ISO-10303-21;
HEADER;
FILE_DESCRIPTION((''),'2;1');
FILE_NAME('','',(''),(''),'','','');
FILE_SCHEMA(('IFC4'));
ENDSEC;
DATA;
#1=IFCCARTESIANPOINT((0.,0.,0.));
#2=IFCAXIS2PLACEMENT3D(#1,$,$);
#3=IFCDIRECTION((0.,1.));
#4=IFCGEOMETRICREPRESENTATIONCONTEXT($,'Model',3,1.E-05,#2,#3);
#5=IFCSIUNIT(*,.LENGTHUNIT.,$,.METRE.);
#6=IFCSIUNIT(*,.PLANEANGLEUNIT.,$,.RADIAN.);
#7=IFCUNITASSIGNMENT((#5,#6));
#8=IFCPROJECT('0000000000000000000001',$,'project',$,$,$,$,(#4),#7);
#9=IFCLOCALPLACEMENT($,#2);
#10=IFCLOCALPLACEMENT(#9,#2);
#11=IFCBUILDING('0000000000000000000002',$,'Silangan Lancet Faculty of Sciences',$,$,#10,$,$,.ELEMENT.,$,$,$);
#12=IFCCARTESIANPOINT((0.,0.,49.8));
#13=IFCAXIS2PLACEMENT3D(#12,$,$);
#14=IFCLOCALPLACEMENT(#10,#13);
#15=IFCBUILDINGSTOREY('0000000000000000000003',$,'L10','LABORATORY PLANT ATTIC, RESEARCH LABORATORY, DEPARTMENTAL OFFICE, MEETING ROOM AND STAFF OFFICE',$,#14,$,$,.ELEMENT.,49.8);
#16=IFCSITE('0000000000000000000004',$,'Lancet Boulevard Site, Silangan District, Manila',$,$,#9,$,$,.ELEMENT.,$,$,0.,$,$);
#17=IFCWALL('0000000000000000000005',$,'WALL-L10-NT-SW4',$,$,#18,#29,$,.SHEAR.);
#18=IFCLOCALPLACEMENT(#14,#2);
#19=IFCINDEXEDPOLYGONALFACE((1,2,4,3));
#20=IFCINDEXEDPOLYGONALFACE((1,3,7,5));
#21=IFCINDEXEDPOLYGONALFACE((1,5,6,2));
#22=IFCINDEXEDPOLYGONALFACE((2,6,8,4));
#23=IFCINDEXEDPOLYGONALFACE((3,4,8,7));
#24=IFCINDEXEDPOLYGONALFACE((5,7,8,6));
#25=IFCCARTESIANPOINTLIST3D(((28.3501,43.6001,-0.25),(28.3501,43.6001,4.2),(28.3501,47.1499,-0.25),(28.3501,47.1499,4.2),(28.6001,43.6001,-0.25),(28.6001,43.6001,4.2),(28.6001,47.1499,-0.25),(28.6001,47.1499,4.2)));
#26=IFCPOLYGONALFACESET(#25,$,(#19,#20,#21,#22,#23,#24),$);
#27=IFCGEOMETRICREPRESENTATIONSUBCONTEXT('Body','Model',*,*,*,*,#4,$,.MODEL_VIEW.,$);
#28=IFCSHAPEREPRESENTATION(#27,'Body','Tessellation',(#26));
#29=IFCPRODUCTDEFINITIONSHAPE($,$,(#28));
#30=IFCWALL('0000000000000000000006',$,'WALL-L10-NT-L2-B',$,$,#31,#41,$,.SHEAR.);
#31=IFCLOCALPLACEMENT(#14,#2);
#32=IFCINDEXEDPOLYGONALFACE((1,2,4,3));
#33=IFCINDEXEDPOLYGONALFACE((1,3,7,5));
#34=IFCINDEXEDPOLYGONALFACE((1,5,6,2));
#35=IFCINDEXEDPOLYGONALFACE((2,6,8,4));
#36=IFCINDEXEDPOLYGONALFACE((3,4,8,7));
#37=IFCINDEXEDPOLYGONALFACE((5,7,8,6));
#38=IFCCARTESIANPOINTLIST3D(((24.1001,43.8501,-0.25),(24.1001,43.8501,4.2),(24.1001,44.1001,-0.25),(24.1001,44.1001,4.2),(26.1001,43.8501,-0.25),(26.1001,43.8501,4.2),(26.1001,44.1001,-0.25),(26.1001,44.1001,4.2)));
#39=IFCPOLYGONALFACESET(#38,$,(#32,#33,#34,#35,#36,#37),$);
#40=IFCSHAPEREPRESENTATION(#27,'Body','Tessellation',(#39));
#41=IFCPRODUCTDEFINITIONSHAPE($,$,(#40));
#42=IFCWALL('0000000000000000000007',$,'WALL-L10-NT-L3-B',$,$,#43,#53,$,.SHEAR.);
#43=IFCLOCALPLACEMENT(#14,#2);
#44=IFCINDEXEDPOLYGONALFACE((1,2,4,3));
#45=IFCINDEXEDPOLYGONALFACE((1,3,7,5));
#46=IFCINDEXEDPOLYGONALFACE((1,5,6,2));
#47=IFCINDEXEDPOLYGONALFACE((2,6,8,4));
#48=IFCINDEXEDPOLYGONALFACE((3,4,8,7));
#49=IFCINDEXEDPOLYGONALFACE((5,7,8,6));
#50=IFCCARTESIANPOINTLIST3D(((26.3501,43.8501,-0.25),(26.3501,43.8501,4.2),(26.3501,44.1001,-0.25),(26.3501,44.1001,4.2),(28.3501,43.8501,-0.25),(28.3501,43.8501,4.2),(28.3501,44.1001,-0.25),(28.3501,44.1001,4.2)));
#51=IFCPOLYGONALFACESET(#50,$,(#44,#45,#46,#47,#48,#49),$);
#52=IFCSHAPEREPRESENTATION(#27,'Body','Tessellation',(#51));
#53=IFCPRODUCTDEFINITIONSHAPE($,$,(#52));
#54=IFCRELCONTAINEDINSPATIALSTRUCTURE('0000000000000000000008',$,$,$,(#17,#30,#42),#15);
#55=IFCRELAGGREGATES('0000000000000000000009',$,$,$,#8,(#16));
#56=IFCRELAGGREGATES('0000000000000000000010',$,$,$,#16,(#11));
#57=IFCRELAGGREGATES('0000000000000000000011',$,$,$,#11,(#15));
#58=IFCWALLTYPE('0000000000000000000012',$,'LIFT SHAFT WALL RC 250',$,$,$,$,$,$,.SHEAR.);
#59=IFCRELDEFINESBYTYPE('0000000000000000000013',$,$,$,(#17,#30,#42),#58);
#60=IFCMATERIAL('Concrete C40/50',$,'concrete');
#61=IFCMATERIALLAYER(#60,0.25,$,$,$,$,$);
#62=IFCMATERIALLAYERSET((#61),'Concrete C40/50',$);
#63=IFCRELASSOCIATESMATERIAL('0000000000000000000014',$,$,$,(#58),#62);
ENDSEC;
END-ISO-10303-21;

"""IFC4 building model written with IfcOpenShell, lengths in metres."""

from ifc_helpers import new_model, si_unit, direction, frame, frame_2d, origin, place, context, subcontext, project, spatial, rectangle, extrude, material, layer, layer_set, type_object, element, save


model = new_model("IFC4")

# Units and contexts
model_context = context("Model", 3, precision=1e-05, world=origin(), true_north=direction((0.0, 1.0)))
body_context = subcontext(model_context, "Body", "Model", "MODEL_VIEW")
ifc_project = project(units=[si_unit("LENGTHUNIT", "METRE"), si_unit("PLANEANGLEUNIT", "RADIAN")], contexts=[model_context])

# Site, building, storey
site_placement = place(None, origin())
site = spatial("IfcSite", under=ifc_project, at=site_placement, Name="Lancet Boulevard Site, Silangan District, Manila", CompositionType="ELEMENT", RefElevation=0.0)
building_placement = place(site_placement, origin())
building = spatial("IfcBuilding", under=site, at=building_placement, Name="Silangan Lancet Faculty of Sciences", CompositionType="ELEMENT")
storey_placement = place(building_placement, frame((0.0, 0.0, 49.8)))
storey = spatial("IfcBuildingStorey", under=building, at=storey_placement, Name="L10", Description="LABORATORY PLANT ATTIC, RESEARCH LABORATORY, DEPARTMENTAL OFFICE, MEETING ROOM AND STAFF OFFICE", CompositionType="ELEMENT", Elevation=49.8)

# Walls
ifc_material_1 = material(Name="Concrete C40/50", Category="concrete")
ifc_layer_1 = layer(ifc_material_1, 0.25)
ifc_layer_set_1 = layer_set([ifc_layer_1], Name="Concrete C40/50")
wall_type_1 = type_object("IfcWallType", Name="LIFT SHAFT WALL RC 250", PredefinedType="SHEAR", material=ifc_layer_set_1)
wall_1_placement = place(storey_placement, frame((28.4751, 43.6001, -0.25), z_axis=(0.0, 0.0, 1.0), x_axis=(0.0, 1.0, 0.0)))
element("IfcWall", 1, at=wall_1_placement, inside=storey, type_object=wall_type_1, Name="WALL-L10-NT-SW4", PredefinedType="SHEAR", context=body_context, shape_type="SweptSolid", body=[
    extrude(rectangle(XDim=3.5498, YDim=0.25, at=frame_2d((1.7749, 0.0))), origin(), (0.0, 0.0, 1.0), 4.45),
])
for number, where, z_axis, x_axis, name in (
    (2, (24.1001, 43.9751, -0.25), (0.0, 0.0, 1.0), (1.0, 0.0, 0.0), "WALL-L10-NT-L2-B"),
    (3, (26.3501, 43.9751, -0.25), (0.0, 0.0, 1.0), (1.0, 0.0, 0.0), "WALL-L10-NT-L3-B"),
):
    element("IfcWall", number, at=place(storey_placement, frame(where, z_axis=z_axis, x_axis=x_axis)), inside=storey, type_object=wall_type_1, Name=name, PredefinedType="SHEAR", context=body_context, shape_type="SweptSolid", body=[
        extrude(rectangle(XDim=2.0, YDim=0.25, at=frame_2d((1.0, 0.0))), origin(), (0.0, 0.0, 1.0), 4.45),
    ])

save(model, "model.ifc")
